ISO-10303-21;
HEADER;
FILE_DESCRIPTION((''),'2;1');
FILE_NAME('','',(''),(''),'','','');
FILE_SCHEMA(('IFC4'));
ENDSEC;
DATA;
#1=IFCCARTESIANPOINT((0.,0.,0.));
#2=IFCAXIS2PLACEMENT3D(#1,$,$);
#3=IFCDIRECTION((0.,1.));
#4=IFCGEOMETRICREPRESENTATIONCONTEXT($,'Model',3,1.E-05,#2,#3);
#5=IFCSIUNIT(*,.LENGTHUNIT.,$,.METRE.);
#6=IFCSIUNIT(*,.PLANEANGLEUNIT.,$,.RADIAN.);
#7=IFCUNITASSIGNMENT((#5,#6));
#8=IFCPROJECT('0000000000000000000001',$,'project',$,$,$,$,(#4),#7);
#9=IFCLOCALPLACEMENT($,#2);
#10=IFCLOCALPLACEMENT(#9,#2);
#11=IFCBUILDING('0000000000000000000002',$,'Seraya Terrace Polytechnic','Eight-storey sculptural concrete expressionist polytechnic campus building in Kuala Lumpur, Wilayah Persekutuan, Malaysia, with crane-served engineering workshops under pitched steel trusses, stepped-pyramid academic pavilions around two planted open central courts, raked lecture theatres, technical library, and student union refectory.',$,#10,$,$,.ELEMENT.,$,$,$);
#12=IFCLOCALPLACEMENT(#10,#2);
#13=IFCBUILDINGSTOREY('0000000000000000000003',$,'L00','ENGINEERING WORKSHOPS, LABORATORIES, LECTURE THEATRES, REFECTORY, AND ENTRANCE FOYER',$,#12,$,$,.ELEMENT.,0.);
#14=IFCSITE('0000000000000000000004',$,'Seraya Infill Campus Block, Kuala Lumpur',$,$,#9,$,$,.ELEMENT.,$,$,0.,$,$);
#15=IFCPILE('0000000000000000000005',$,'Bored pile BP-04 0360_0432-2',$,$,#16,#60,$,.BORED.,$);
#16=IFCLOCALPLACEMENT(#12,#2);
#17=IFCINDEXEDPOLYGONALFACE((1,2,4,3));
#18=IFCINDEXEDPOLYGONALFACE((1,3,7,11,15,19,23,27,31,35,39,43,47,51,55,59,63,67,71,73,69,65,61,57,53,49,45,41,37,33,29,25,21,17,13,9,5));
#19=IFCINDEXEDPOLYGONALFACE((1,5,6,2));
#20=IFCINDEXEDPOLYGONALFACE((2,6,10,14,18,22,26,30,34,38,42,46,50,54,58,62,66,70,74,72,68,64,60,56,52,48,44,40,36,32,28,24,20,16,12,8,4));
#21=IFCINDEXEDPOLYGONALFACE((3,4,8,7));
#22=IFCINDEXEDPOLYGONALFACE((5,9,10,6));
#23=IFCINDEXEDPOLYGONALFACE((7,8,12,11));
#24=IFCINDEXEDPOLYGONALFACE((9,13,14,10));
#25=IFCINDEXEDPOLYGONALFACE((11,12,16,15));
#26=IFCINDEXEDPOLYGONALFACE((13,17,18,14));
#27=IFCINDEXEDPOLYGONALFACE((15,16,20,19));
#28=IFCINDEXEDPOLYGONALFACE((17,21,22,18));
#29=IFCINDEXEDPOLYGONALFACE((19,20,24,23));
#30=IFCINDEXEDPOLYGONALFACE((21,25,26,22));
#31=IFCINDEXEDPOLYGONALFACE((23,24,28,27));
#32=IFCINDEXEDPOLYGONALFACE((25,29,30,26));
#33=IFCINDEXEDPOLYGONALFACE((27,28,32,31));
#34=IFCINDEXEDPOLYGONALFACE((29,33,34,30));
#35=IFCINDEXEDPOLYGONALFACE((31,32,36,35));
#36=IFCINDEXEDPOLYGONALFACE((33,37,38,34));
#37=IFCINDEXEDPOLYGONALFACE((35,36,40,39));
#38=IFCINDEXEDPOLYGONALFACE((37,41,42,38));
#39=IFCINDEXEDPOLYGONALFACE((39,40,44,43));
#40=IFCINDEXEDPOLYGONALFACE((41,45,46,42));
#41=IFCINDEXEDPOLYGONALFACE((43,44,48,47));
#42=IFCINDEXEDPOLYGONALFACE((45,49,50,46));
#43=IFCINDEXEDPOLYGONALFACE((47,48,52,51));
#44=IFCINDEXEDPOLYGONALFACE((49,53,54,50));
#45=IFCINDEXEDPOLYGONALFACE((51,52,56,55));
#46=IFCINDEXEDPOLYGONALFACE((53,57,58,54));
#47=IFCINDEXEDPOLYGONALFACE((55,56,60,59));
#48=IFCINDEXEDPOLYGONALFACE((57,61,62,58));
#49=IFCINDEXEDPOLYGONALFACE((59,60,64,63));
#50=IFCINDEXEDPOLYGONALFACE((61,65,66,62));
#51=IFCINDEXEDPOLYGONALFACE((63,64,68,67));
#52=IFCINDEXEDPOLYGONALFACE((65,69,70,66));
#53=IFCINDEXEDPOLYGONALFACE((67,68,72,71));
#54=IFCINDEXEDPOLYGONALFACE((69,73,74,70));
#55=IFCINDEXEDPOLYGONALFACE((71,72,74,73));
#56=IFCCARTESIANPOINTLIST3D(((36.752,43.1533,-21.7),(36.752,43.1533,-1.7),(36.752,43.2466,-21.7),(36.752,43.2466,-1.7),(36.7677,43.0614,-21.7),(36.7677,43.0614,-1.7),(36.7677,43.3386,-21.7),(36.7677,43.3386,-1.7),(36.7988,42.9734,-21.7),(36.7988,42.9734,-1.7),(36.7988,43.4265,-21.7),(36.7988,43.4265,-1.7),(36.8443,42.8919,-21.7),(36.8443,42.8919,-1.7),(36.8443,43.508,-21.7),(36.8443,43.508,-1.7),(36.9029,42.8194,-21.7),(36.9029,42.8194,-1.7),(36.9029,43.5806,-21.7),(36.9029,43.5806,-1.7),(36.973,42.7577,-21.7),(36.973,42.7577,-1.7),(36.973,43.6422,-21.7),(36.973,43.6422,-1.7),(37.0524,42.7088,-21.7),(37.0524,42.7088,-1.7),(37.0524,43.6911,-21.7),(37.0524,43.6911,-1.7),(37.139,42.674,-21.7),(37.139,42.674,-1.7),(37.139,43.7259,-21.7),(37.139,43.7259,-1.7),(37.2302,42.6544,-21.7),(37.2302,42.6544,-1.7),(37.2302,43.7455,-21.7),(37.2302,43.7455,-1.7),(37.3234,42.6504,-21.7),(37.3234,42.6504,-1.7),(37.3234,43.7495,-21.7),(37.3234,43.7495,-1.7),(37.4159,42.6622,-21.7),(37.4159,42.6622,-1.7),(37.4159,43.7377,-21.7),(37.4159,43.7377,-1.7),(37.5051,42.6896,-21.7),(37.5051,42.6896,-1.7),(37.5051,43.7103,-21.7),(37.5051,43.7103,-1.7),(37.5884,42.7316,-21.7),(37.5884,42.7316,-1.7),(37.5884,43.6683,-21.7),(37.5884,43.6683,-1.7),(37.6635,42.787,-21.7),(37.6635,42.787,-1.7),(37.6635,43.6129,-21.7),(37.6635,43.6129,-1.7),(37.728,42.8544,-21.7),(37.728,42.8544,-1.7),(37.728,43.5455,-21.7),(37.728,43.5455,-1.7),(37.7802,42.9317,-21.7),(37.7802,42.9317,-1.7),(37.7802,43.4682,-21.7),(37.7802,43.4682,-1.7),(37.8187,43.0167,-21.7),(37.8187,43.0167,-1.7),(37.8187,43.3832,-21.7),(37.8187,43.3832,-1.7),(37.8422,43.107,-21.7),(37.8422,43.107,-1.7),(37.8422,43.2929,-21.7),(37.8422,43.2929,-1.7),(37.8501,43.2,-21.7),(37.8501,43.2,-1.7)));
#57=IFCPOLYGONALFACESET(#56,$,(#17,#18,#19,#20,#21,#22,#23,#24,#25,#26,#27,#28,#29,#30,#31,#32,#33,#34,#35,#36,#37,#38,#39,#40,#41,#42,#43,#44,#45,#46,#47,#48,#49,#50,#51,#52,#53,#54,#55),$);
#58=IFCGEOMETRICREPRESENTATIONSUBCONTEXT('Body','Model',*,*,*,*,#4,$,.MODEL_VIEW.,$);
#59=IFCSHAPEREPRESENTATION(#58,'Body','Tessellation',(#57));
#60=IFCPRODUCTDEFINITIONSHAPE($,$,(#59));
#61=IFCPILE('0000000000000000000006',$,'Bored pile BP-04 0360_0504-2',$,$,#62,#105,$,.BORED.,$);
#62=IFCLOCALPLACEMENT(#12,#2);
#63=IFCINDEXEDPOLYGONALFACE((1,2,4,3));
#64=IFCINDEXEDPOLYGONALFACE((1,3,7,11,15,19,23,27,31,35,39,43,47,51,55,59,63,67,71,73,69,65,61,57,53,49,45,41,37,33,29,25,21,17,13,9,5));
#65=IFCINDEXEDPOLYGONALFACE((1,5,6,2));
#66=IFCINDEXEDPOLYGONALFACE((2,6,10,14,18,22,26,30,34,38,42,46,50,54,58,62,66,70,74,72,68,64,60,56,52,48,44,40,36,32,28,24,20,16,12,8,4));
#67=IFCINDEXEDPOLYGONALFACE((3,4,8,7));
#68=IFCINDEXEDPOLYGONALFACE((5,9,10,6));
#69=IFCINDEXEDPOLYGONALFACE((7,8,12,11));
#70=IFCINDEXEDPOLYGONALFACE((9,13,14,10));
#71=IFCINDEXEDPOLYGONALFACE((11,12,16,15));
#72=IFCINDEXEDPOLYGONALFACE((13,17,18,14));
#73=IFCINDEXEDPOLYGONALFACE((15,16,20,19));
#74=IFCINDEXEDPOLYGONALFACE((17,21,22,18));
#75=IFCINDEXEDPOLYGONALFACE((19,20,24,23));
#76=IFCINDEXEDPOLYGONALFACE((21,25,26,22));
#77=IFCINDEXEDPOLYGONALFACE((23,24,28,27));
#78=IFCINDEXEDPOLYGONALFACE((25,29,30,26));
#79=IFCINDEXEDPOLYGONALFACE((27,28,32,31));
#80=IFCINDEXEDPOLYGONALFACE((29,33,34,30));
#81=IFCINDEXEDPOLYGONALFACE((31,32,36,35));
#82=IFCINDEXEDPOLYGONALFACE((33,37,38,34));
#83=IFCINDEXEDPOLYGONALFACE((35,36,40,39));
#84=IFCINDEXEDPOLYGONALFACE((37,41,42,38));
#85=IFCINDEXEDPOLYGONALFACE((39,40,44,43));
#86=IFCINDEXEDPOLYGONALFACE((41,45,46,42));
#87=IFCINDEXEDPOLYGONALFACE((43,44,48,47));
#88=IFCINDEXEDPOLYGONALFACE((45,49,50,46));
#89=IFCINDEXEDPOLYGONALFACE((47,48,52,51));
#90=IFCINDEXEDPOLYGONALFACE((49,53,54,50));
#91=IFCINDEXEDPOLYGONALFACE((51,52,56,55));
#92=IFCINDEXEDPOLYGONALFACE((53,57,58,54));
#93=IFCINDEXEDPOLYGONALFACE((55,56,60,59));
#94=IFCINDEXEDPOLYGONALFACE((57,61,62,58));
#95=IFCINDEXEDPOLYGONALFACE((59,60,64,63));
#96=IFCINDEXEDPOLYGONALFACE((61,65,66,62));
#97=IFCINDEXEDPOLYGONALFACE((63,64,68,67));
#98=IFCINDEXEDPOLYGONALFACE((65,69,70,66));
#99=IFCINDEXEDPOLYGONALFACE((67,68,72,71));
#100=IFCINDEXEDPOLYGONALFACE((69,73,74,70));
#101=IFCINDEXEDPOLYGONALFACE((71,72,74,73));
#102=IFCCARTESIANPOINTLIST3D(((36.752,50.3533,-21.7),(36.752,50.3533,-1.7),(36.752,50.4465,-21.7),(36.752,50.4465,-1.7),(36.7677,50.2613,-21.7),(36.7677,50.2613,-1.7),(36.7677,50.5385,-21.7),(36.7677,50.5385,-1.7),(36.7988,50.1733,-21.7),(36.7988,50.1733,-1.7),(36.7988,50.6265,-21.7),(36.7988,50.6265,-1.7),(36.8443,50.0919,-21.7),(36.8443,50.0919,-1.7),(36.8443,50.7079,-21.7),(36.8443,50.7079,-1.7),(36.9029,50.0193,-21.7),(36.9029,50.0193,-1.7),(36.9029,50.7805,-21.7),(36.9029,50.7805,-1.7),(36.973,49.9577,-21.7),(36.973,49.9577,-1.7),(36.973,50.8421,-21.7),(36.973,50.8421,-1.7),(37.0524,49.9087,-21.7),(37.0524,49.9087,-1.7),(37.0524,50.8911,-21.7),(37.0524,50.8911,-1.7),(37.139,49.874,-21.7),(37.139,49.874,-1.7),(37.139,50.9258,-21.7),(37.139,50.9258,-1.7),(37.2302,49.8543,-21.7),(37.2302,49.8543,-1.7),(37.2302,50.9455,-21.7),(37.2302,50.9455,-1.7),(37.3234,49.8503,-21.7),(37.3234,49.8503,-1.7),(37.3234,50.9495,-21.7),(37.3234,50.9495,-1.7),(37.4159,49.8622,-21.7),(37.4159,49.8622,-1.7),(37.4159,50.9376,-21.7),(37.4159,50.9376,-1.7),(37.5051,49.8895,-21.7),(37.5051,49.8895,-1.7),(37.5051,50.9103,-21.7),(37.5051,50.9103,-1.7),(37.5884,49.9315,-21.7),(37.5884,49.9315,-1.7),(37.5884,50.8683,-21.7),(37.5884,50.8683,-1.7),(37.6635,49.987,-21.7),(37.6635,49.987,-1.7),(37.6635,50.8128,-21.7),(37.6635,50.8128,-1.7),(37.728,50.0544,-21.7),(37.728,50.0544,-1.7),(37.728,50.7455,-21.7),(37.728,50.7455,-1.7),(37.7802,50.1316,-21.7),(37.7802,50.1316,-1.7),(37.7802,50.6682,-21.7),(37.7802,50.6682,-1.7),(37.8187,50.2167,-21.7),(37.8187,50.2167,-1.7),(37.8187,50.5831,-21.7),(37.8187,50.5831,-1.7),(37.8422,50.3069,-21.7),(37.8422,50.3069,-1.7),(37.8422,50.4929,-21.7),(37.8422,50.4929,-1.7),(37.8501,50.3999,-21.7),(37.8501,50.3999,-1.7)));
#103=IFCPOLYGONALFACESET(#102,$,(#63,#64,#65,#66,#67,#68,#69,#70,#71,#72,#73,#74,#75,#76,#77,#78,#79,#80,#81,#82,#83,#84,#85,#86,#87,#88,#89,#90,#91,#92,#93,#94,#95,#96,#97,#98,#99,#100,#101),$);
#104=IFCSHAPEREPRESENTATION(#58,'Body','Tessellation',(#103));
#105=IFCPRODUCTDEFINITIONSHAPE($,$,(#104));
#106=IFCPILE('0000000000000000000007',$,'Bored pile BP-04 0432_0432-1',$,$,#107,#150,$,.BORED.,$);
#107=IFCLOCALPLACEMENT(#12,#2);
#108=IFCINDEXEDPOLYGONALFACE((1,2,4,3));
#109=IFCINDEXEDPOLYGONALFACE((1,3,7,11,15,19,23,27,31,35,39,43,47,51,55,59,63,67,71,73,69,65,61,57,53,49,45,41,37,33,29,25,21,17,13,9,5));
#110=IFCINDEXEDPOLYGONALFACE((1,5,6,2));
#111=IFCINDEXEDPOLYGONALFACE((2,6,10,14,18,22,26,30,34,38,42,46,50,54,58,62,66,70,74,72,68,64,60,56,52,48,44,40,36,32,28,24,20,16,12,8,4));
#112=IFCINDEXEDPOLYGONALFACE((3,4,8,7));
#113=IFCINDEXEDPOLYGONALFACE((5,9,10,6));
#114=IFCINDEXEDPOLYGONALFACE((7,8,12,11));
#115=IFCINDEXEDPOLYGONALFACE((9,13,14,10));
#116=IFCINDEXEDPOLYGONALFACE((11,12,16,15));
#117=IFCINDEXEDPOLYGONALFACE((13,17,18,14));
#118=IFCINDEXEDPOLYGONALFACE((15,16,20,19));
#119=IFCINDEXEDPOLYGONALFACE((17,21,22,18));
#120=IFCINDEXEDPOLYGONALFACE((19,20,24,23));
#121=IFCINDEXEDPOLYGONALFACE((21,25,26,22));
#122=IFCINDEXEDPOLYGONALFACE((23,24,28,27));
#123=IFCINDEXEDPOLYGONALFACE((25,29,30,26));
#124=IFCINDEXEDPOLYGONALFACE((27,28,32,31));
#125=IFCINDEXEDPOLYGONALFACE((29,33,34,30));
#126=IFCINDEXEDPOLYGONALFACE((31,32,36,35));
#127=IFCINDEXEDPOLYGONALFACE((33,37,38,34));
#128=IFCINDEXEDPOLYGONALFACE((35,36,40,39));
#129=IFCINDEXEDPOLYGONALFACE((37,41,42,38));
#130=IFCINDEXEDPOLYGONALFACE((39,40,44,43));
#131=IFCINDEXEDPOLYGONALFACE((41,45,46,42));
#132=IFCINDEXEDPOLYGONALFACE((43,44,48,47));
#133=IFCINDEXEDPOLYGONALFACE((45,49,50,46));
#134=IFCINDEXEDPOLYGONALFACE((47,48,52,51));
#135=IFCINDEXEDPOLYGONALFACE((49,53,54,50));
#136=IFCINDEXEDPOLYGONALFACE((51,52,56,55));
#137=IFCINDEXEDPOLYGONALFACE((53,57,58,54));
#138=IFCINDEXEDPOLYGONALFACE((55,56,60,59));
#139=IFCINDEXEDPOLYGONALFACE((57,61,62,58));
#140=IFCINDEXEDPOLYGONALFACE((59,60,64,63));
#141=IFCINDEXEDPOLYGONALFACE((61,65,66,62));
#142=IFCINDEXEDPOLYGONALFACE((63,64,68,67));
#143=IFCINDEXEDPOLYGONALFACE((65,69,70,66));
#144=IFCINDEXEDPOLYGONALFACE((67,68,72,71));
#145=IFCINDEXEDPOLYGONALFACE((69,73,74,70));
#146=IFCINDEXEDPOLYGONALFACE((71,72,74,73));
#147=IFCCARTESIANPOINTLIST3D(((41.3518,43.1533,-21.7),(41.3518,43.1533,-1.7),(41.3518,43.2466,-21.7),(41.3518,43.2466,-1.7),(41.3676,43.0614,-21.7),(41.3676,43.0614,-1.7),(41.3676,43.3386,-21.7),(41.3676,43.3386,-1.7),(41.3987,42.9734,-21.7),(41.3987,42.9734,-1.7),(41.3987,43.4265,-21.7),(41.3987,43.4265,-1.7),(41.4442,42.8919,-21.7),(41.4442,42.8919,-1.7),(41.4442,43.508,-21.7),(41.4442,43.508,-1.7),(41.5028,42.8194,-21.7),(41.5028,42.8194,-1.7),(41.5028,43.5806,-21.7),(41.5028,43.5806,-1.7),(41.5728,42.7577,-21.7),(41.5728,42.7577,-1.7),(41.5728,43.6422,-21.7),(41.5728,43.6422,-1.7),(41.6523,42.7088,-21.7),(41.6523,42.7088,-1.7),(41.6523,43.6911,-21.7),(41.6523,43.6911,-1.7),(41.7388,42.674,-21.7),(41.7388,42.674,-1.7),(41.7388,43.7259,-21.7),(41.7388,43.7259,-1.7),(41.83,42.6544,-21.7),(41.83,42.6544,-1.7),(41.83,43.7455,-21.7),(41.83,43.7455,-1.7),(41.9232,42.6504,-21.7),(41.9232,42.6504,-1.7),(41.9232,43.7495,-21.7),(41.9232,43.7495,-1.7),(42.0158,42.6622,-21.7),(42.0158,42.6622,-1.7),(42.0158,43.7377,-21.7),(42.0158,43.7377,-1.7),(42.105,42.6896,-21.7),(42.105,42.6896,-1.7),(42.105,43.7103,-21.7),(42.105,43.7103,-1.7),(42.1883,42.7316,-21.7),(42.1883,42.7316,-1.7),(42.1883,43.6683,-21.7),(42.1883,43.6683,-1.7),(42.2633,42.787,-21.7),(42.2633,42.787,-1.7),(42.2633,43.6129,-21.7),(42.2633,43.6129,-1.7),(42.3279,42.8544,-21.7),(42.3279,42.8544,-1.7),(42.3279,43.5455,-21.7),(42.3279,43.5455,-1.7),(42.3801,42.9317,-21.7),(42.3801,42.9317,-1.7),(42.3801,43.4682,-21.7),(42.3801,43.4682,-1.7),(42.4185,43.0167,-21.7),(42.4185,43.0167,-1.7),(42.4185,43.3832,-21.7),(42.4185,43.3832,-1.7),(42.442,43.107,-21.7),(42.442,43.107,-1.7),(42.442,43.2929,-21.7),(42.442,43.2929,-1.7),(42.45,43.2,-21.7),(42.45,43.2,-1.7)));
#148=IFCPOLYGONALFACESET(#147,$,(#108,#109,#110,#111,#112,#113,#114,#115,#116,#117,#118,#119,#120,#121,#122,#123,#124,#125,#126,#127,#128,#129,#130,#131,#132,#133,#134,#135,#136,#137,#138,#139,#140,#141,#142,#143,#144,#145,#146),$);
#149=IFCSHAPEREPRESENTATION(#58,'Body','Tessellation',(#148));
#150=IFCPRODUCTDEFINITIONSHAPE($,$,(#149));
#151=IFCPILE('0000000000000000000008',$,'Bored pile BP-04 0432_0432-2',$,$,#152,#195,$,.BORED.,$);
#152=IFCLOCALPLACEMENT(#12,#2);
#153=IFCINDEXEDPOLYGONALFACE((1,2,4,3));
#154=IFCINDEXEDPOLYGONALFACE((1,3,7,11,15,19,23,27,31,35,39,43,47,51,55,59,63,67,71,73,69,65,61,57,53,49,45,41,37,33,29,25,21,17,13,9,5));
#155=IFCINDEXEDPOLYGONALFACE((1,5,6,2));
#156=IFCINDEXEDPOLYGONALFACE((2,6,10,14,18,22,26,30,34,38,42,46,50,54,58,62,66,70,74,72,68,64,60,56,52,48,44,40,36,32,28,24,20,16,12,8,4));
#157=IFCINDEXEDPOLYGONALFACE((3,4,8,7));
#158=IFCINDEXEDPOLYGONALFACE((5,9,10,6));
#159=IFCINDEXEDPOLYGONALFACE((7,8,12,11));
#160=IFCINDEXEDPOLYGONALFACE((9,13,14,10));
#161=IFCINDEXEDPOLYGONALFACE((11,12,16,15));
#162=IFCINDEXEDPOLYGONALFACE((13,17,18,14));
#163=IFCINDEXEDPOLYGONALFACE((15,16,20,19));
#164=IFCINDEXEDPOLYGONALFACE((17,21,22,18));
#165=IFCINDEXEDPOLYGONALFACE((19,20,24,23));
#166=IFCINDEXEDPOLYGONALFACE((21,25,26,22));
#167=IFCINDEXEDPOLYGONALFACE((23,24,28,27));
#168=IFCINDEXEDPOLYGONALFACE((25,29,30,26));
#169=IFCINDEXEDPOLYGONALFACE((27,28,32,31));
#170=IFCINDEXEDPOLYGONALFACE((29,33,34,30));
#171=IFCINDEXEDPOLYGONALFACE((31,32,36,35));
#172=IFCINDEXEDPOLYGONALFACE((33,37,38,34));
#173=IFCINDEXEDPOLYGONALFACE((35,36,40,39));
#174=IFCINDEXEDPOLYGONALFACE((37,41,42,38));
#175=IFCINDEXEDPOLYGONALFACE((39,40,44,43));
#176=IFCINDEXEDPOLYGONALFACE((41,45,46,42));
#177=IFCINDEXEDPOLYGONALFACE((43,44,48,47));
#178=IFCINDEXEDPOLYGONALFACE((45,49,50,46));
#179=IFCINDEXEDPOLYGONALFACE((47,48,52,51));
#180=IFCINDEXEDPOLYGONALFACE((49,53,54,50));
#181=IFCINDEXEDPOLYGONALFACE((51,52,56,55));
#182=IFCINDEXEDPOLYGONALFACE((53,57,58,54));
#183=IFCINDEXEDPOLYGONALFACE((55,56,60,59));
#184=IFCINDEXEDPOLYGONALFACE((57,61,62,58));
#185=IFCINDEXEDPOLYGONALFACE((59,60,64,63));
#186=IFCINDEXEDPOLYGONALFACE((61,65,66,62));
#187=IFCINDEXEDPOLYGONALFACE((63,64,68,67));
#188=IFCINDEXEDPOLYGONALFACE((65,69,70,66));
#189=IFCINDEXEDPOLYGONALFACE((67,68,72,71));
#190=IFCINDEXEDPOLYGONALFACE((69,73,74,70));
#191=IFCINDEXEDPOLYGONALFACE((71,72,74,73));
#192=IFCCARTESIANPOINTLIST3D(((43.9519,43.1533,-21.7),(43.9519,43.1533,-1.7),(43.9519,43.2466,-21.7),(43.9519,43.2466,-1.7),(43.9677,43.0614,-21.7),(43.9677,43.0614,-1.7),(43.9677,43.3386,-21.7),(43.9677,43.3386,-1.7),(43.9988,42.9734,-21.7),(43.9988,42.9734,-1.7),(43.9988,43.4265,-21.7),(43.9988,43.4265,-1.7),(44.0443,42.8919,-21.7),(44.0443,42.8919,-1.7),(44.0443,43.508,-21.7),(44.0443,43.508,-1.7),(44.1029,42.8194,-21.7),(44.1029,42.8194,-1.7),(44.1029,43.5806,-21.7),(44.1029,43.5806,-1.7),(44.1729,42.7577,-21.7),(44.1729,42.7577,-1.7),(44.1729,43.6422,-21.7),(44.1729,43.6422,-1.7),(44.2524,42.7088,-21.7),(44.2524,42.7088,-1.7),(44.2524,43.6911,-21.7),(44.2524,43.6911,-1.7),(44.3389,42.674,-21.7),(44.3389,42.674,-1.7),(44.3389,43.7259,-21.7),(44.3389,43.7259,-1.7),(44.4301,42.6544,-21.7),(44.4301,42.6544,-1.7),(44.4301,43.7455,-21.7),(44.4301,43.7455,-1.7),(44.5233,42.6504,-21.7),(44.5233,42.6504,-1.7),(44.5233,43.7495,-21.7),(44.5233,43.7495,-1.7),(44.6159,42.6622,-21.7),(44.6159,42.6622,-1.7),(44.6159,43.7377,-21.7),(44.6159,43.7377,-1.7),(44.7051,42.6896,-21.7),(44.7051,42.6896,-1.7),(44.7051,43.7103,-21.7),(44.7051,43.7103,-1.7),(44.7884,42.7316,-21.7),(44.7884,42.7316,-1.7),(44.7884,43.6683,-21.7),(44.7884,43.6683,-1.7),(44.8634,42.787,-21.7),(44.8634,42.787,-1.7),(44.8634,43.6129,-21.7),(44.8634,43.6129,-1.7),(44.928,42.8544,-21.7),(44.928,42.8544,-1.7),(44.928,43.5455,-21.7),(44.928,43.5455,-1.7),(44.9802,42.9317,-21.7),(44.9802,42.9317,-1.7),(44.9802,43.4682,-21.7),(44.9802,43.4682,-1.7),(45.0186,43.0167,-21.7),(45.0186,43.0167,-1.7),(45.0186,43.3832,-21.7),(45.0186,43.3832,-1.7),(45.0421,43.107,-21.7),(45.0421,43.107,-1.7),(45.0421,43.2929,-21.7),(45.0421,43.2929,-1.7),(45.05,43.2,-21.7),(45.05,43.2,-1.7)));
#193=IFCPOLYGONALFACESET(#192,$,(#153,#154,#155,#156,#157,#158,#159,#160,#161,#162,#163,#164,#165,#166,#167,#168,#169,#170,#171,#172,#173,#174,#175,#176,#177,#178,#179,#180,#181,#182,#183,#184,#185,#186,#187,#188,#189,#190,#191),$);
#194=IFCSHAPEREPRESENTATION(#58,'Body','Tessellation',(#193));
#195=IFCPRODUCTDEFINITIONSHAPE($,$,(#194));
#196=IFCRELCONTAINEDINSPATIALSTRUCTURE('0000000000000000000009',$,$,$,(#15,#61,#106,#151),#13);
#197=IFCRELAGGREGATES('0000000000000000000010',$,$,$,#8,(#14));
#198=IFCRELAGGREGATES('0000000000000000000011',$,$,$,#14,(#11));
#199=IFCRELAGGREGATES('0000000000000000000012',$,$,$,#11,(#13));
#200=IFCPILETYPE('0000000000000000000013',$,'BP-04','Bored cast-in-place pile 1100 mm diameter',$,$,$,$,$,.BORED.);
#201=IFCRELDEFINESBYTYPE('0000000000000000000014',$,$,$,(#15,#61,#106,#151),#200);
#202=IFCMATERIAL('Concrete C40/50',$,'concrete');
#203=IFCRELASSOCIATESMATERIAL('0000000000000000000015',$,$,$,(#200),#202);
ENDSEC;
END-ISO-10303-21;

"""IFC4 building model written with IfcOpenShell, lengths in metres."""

from ifc_helpers import new_model, si_unit, direction, frame, origin, origin_2d, place, context, subcontext, project, spatial, circle, extrude, material, material_profile, profile_set, type_object, element, save


model = new_model("IFC4")

# Units and contexts
model_context = context("Model", 3, precision=1e-05, world=origin(), true_north=direction((0.0, 1.0)))
body_context = subcontext(model_context, "Body", "Model", "MODEL_VIEW")
ifc_project = project(units=[si_unit("LENGTHUNIT", "METRE"), si_unit("PLANEANGLEUNIT", "RADIAN")], contexts=[model_context])

# Site, building, storey
site_placement = place(None, origin())
site = spatial("IfcSite", under=ifc_project, at=site_placement, Name="Seraya Infill Campus Block, Kuala Lumpur", CompositionType="ELEMENT", RefElevation=0.0)
building_placement = place(site_placement, origin())
building = spatial("IfcBuilding", under=site, at=building_placement, Name="Seraya Terrace Polytechnic", Description="Eight-storey sculptural concrete expressionist polytechnic campus building in Kuala Lumpur, Wilayah Persekutuan, Malaysia, with crane-served engineering workshops under pitched steel trusses, stepped-pyramid academic pavilions around two planted open central courts, raked lecture theatres, technical library, and student union refectory.", CompositionType="ELEMENT")
storey_placement = place(building_placement, origin())
storey = spatial("IfcBuildingStorey", under=building, at=storey_placement, Name="L00", Description="ENGINEERING WORKSHOPS, LABORATORIES, LECTURE THEATRES, REFECTORY, AND ENTRANCE FOYER", CompositionType="ELEMENT", Elevation=0.0)

# Piles
ifc_material_1 = material(Name="Concrete C40/50", Category="concrete")
ifc_material_profile_1 = material_profile(ifc_material_1, circle(Radius=0.55, at=origin_2d()), Name="DIA 1100")
ifc_profile_set_1 = profile_set([ifc_material_profile_1], Name="Concrete C40/50")
pile_type = type_object("IfcPileType", Name="BP-04", Description="Bored cast-in-place pile 1100 mm diameter", PredefinedType="BORED", material=ifc_profile_set_1)
for number, where, z_axis, x_axis, name in (
    (1, (37.3, 43.2, -1.7), (0.0, 0.0, -1.0), (1.0, 0.0, 0.0), "Bored pile BP-04 0360_0432-2"),
    (2, (37.3, 50.3999, -1.7), (0.0, 0.0, -1.0), (1.0, 0.0, 0.0), "Bored pile BP-04 0360_0504-2"),
    (3, (41.8999, 43.2, -1.7), (0.0, 0.0, -1.0), (1.0, 0.0, 0.0), "Bored pile BP-04 0432_0432-1"),
    (4, (44.5, 43.2, -1.7), (0.0, 0.0, -1.0), (1.0, 0.0, 0.0), "Bored pile BP-04 0432_0432-2"),
):
    element("IfcPile", number, at=place(storey_placement, frame(where, z_axis=z_axis, x_axis=x_axis)), inside=storey, type_object=pile_type, Name=name, PredefinedType="BORED", context=body_context, shape_type="SweptSolid", body=[
        extrude(circle(Radius=0.55, at=origin_2d()), origin(), (0.0, 0.0, 1.0), 20.0),
    ])

save(model, "model.ifc")
